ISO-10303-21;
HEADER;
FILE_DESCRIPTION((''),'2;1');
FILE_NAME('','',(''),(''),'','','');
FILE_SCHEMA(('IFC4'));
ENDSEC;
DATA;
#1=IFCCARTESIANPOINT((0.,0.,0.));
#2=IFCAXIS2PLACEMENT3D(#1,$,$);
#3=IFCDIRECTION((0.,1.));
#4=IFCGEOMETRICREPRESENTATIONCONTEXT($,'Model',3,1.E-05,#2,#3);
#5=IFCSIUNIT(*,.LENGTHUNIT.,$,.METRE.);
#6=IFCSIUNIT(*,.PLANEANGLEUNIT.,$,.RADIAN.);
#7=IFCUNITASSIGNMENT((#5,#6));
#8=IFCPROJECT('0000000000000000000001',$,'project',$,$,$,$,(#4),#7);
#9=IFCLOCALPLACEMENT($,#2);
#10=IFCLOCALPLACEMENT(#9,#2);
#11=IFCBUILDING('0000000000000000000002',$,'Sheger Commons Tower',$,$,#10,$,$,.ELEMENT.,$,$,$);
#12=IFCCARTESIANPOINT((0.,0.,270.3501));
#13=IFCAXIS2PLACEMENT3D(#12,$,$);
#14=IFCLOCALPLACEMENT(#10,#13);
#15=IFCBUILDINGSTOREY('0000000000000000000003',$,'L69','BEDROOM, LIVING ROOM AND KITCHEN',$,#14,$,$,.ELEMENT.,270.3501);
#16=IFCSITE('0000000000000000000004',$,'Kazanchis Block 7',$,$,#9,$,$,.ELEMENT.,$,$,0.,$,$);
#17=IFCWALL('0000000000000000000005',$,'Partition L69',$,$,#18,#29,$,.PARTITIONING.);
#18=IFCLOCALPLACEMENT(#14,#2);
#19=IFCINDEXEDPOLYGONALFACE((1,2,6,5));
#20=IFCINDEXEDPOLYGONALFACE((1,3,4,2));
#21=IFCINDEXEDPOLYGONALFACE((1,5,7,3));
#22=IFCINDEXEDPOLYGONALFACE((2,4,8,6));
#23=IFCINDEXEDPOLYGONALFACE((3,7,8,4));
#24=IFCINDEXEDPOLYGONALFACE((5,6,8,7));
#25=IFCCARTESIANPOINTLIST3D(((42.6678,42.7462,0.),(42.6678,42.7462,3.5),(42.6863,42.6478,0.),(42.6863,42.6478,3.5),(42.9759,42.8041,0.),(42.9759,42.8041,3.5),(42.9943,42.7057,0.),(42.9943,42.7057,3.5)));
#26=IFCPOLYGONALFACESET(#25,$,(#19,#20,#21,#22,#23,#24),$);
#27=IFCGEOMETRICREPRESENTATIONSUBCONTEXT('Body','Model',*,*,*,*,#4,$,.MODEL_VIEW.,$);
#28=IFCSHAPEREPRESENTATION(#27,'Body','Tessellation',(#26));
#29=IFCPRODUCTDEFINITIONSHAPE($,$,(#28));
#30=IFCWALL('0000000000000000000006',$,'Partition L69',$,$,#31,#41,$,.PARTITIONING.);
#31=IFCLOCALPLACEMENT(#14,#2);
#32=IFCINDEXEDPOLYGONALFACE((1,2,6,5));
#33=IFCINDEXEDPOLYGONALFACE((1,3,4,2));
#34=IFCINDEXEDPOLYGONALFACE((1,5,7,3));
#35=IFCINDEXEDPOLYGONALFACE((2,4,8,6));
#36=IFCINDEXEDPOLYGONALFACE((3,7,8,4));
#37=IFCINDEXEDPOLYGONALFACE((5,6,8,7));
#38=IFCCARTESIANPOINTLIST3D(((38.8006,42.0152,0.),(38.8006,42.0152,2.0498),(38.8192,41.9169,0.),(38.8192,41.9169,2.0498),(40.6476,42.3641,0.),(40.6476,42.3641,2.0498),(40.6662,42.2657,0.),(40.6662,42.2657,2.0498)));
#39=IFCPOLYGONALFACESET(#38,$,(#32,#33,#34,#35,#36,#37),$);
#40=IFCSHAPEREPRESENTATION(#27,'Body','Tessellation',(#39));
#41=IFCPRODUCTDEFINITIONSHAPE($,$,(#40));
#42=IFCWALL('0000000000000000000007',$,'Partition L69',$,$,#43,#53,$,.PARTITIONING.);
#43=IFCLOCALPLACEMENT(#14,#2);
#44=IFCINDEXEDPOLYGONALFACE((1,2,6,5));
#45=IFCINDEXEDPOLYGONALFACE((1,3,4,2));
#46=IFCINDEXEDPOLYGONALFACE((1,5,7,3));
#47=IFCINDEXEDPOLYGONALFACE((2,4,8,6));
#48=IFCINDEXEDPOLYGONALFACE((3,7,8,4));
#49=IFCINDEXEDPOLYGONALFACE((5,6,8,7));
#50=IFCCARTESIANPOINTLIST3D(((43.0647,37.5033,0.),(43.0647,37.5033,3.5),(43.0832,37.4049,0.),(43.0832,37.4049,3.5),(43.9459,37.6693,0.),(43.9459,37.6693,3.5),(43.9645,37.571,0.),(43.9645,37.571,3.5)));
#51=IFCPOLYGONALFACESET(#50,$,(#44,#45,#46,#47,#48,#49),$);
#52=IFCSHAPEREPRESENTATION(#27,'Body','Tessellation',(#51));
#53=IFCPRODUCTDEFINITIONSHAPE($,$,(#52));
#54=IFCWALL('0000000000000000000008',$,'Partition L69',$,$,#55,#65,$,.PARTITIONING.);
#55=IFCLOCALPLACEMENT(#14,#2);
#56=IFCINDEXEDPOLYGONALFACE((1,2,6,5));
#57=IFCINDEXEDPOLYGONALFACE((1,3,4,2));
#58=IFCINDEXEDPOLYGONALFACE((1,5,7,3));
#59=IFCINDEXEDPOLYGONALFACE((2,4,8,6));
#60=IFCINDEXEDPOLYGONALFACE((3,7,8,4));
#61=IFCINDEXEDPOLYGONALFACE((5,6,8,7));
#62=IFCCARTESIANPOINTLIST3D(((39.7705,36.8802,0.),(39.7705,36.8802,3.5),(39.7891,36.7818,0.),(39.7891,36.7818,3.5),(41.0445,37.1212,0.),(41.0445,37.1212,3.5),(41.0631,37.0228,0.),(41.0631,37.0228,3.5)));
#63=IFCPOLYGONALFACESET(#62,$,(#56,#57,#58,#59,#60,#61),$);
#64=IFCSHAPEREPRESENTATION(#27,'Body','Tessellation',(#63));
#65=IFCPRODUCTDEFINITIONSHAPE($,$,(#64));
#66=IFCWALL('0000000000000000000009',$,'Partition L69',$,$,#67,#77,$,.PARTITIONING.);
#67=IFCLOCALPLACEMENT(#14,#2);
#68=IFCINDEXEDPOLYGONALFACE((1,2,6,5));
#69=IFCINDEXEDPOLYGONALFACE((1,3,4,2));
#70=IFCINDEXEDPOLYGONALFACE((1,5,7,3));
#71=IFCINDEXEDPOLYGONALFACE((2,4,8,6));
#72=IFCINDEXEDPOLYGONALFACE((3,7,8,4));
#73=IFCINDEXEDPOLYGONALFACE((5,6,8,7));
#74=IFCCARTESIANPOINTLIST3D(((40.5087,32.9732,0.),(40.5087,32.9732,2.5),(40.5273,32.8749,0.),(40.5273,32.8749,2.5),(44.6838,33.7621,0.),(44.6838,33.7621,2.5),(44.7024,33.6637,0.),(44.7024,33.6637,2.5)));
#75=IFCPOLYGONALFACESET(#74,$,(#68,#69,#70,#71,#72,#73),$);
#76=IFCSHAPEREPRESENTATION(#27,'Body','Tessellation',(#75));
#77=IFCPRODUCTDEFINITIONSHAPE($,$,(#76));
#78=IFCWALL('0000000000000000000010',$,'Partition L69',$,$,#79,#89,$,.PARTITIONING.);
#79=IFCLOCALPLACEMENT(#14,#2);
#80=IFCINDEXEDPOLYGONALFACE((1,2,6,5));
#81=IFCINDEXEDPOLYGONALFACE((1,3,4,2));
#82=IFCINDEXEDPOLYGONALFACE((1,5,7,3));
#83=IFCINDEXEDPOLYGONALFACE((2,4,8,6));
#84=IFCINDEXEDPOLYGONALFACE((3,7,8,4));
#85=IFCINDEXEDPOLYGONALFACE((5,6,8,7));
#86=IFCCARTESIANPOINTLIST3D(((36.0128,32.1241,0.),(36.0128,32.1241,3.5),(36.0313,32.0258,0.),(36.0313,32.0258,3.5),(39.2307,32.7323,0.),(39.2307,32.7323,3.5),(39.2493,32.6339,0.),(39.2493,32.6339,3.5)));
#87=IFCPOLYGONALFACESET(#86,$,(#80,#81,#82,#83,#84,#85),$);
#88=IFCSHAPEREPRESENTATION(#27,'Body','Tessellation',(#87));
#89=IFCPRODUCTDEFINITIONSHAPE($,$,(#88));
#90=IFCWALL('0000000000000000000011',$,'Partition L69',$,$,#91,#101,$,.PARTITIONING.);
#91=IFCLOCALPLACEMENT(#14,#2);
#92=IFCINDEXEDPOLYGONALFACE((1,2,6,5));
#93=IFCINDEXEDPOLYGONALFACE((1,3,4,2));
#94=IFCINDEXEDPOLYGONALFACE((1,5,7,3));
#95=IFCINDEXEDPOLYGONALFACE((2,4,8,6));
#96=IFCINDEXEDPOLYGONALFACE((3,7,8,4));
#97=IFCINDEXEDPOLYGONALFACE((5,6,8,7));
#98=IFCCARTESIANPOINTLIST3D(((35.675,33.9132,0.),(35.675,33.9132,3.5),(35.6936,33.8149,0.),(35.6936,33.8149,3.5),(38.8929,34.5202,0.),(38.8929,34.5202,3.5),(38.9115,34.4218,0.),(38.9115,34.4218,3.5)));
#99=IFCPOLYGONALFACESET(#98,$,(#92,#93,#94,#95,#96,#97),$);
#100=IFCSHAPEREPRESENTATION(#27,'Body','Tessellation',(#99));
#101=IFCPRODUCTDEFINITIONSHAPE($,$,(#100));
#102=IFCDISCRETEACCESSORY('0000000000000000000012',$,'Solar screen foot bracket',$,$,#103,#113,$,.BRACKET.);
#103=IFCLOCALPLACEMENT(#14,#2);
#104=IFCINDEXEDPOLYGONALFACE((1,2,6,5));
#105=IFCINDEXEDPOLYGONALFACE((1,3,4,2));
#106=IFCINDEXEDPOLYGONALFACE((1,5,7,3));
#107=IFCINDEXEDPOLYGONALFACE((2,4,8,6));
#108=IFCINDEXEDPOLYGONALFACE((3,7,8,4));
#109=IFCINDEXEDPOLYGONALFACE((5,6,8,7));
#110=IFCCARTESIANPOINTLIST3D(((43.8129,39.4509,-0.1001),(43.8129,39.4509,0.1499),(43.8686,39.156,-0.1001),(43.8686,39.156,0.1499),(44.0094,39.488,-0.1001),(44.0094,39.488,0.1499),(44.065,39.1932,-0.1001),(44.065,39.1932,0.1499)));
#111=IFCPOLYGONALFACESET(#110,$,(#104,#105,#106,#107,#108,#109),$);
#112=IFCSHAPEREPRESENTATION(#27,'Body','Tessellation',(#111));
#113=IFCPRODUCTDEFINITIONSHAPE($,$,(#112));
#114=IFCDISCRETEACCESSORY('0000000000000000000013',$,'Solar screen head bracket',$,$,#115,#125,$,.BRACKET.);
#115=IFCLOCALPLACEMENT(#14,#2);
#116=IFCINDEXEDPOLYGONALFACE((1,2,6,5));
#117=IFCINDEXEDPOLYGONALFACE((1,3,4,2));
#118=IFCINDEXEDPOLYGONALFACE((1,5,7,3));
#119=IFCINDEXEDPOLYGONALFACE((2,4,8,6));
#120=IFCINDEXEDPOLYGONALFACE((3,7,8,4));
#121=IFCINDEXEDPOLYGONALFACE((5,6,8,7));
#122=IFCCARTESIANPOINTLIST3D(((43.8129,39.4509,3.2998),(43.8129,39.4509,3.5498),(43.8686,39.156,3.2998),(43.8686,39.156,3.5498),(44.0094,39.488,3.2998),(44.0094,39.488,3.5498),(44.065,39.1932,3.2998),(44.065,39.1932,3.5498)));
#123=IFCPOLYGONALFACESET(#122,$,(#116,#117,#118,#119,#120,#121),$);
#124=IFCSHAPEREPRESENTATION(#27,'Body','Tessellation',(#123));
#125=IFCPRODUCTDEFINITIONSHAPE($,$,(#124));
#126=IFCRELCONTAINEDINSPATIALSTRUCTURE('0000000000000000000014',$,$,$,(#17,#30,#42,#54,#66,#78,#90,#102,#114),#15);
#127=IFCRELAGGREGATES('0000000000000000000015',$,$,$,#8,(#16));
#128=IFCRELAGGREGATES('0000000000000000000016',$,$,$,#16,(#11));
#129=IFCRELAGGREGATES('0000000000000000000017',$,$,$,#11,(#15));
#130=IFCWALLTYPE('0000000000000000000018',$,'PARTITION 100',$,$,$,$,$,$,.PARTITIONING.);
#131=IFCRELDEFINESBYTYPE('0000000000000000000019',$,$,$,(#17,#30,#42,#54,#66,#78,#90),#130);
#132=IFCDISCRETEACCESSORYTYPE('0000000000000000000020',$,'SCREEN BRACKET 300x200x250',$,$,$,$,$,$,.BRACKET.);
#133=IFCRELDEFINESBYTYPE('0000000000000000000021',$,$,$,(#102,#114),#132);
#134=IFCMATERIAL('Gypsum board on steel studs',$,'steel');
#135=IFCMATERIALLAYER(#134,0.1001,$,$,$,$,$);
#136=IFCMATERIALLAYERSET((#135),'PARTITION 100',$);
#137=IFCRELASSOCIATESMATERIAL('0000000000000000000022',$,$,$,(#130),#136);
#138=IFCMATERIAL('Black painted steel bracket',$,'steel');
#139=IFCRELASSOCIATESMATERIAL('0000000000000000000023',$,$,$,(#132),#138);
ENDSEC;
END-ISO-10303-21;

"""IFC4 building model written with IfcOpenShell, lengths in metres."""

from ifc_helpers import new_model, si_unit, direction, frame, frame_2d, origin, origin_2d, place, context, subcontext, project, spatial, rectangle, extrude, material, layer, layer_set, type_object, element, save


model = new_model("IFC4")

# Units and contexts
model_context = context("Model", 3, precision=1e-05, world=origin(), true_north=direction((0.0, 1.0)))
body_context = subcontext(model_context, "Body", "Model", "MODEL_VIEW")
ifc_project = project(units=[si_unit("LENGTHUNIT", "METRE"), si_unit("PLANEANGLEUNIT", "RADIAN")], contexts=[model_context])

# Site, building, storey
site_placement = place(None, origin())
site = spatial("IfcSite", under=ifc_project, at=site_placement, Name="Kazanchis Block 7", CompositionType="ELEMENT", RefElevation=0.0)
building_placement = place(site_placement, origin())
building = spatial("IfcBuilding", under=site, at=building_placement, Name="Sheger Commons Tower", CompositionType="ELEMENT")
storey_placement = place(building_placement, frame((0.0, 0.0, 270.3501)))
storey = spatial("IfcBuildingStorey", under=building, at=storey_placement, Name="L69", Description="BEDROOM, LIVING ROOM AND KITCHEN", CompositionType="ELEMENT", Elevation=270.3501)

# Shared definitions
ifc_material_1 = material(Name="Gypsum board on steel studs", Category="steel")
ifc_layer_1 = layer(ifc_material_1, 0.1001)
ifc_layer_set_1 = layer_set([ifc_layer_1], Name="PARTITION 100")
wall_type_1 = type_object("IfcWallType", Name="PARTITION 100", PredefinedType="PARTITIONING", material=ifc_layer_set_1)

# Walls
wall_1_placement = place(storey_placement, frame((42.9851, 42.7549, 0.0), z_axis=(0.0, 0.0, 1.0), x_axis=(-0.982819, -0.184571, 0.0)))
element("IfcWall", 1, at=wall_1_placement, inside=storey, type_object=wall_type_1, Name="Partition L69", PredefinedType="PARTITIONING", context=body_context, shape_type="SweptSolid", body=[
    extrude(rectangle(XDim=0.3135, YDim=0.1001, at=frame_2d((0.1567, 0.0))), origin(), (0.0, 0.0, 1.0), 3.5),
])
wall_2_placement = place(storey_placement, frame((40.657, 42.3149, 0.0), z_axis=(0.0, 0.0, 1.0), x_axis=(-0.982623, -0.185614, 0.0)))
element("IfcWall", 2, at=wall_2_placement, inside=storey, type_object=wall_type_1, Name="Partition L69", PredefinedType="PARTITIONING", context=body_context, shape_type="SweptSolid", body=[
    extrude(rectangle(XDim=1.8796, YDim=0.1001, at=frame_2d((0.9399, 0.0))), origin(), (0.0, 0.0, 1.0), 2.0498),
])
wall_3_placement = place(storey_placement, frame((43.9551, 37.6201, 0.0), z_axis=(0.0, 0.0, 1.0), x_axis=(-0.982708, -0.18516, 0.0)))
element("IfcWall", 3, at=wall_3_placement, inside=storey, type_object=wall_type_1, Name="Partition L69", PredefinedType="PARTITIONING", context=body_context, shape_type="SweptSolid", body=[
    extrude(rectangle(XDim=0.8967, YDim=0.1001, at=frame_2d((0.4482, 0.0))), origin(), (0.0, 0.0, 1.0), 3.5),
])
wall_4_placement = place(storey_placement, frame((41.054, 37.072, 0.0), z_axis=(0.0, 0.0, 1.0), x_axis=(-0.982577, -0.185857, 0.0)))
element("IfcWall", 4, at=wall_4_placement, inside=storey, type_object=wall_type_1, Name="Partition L69", PredefinedType="PARTITIONING", context=body_context, shape_type="SweptSolid", body=[
    extrude(rectangle(XDim=1.2966, YDim=0.1001, at=frame_2d((0.6484, 0.0))), origin(), (0.0, 0.0, 1.0), 3.5),
])
wall_5_placement = place(storey_placement, frame((44.6931, 33.7129, 0.0), z_axis=(0.0, 0.0, 1.0), x_axis=(-0.982616, -0.185652, 0.0)))
element("IfcWall", 5, at=wall_5_placement, inside=storey, type_object=wall_type_1, Name="Partition L69", PredefinedType="PARTITIONING", context=body_context, shape_type="SweptSolid", body=[
    extrude(rectangle(XDim=4.249, YDim=0.1001, at=frame_2d((2.1245, 0.0))), origin(), (0.0, 0.0, 1.0), 2.5),
])
wall_6_placement = place(storey_placement, frame((39.24, 32.6831, 0.0), z_axis=(0.0, 0.0, 1.0), x_axis=(-0.982607, -0.185697, 0.0)))
element("IfcWall", 6, at=wall_6_placement, inside=storey, type_object=wall_type_1, Name="Partition L69", PredefinedType="PARTITIONING", context=body_context, shape_type="SweptSolid", body=[
    extrude(rectangle(XDim=3.2749, YDim=0.1001, at=frame_2d((1.6375, 0.0))), origin(), (0.0, 0.0, 1.0), 3.5),
])
wall_7_placement = place(storey_placement, frame((38.9021, 34.4709, 0.0), z_axis=(0.0, 0.0, 1.0), x_axis=(-0.982675, -0.185337, 0.0)))
element("IfcWall", 7, at=wall_7_placement, inside=storey, type_object=wall_type_1, Name="Partition L69", PredefinedType="PARTITIONING", context=body_context, shape_type="SweptSolid", body=[
    extrude(rectangle(XDim=3.2747, YDim=0.1001, at=frame_2d((1.6372, 0.0))), origin(), (0.0, 0.0, 1.0), 3.5),
])

# Discrete accessories
ifc_material_2 = material(Name="Black painted steel bracket", Category="steel")
discrete_accessory_type = type_object("IfcDiscreteAccessoryType", Name="SCREEN BRACKET 300x200x250", PredefinedType="BRACKET", material=ifc_material_2)
for number, where, z_axis, x_axis, name in (
    (8, (43.939, 39.322, -0.1001), (0.0, 0.0, 1.0), (-0.185615, 0.982623, 0.0), "Solar screen foot bracket"),
    (9, (43.939, 39.322, 3.2998), (0.0, 0.0, 1.0), (-0.185615, 0.982623, 0.0), "Solar screen head bracket"),
):
    element("IfcDiscreteAccessory", number, at=place(storey_placement, frame(where, z_axis=z_axis, x_axis=x_axis)), inside=storey, type_object=discrete_accessory_type, Name=name, PredefinedType="BRACKET", context=body_context, shape_type="SweptSolid", body=[
        extrude(rectangle(XDim=0.3, YDim=0.2, at=origin_2d()), origin(), (0.0, 0.0, 1.0), 0.25),
    ])

save(model, "model.ifc")
